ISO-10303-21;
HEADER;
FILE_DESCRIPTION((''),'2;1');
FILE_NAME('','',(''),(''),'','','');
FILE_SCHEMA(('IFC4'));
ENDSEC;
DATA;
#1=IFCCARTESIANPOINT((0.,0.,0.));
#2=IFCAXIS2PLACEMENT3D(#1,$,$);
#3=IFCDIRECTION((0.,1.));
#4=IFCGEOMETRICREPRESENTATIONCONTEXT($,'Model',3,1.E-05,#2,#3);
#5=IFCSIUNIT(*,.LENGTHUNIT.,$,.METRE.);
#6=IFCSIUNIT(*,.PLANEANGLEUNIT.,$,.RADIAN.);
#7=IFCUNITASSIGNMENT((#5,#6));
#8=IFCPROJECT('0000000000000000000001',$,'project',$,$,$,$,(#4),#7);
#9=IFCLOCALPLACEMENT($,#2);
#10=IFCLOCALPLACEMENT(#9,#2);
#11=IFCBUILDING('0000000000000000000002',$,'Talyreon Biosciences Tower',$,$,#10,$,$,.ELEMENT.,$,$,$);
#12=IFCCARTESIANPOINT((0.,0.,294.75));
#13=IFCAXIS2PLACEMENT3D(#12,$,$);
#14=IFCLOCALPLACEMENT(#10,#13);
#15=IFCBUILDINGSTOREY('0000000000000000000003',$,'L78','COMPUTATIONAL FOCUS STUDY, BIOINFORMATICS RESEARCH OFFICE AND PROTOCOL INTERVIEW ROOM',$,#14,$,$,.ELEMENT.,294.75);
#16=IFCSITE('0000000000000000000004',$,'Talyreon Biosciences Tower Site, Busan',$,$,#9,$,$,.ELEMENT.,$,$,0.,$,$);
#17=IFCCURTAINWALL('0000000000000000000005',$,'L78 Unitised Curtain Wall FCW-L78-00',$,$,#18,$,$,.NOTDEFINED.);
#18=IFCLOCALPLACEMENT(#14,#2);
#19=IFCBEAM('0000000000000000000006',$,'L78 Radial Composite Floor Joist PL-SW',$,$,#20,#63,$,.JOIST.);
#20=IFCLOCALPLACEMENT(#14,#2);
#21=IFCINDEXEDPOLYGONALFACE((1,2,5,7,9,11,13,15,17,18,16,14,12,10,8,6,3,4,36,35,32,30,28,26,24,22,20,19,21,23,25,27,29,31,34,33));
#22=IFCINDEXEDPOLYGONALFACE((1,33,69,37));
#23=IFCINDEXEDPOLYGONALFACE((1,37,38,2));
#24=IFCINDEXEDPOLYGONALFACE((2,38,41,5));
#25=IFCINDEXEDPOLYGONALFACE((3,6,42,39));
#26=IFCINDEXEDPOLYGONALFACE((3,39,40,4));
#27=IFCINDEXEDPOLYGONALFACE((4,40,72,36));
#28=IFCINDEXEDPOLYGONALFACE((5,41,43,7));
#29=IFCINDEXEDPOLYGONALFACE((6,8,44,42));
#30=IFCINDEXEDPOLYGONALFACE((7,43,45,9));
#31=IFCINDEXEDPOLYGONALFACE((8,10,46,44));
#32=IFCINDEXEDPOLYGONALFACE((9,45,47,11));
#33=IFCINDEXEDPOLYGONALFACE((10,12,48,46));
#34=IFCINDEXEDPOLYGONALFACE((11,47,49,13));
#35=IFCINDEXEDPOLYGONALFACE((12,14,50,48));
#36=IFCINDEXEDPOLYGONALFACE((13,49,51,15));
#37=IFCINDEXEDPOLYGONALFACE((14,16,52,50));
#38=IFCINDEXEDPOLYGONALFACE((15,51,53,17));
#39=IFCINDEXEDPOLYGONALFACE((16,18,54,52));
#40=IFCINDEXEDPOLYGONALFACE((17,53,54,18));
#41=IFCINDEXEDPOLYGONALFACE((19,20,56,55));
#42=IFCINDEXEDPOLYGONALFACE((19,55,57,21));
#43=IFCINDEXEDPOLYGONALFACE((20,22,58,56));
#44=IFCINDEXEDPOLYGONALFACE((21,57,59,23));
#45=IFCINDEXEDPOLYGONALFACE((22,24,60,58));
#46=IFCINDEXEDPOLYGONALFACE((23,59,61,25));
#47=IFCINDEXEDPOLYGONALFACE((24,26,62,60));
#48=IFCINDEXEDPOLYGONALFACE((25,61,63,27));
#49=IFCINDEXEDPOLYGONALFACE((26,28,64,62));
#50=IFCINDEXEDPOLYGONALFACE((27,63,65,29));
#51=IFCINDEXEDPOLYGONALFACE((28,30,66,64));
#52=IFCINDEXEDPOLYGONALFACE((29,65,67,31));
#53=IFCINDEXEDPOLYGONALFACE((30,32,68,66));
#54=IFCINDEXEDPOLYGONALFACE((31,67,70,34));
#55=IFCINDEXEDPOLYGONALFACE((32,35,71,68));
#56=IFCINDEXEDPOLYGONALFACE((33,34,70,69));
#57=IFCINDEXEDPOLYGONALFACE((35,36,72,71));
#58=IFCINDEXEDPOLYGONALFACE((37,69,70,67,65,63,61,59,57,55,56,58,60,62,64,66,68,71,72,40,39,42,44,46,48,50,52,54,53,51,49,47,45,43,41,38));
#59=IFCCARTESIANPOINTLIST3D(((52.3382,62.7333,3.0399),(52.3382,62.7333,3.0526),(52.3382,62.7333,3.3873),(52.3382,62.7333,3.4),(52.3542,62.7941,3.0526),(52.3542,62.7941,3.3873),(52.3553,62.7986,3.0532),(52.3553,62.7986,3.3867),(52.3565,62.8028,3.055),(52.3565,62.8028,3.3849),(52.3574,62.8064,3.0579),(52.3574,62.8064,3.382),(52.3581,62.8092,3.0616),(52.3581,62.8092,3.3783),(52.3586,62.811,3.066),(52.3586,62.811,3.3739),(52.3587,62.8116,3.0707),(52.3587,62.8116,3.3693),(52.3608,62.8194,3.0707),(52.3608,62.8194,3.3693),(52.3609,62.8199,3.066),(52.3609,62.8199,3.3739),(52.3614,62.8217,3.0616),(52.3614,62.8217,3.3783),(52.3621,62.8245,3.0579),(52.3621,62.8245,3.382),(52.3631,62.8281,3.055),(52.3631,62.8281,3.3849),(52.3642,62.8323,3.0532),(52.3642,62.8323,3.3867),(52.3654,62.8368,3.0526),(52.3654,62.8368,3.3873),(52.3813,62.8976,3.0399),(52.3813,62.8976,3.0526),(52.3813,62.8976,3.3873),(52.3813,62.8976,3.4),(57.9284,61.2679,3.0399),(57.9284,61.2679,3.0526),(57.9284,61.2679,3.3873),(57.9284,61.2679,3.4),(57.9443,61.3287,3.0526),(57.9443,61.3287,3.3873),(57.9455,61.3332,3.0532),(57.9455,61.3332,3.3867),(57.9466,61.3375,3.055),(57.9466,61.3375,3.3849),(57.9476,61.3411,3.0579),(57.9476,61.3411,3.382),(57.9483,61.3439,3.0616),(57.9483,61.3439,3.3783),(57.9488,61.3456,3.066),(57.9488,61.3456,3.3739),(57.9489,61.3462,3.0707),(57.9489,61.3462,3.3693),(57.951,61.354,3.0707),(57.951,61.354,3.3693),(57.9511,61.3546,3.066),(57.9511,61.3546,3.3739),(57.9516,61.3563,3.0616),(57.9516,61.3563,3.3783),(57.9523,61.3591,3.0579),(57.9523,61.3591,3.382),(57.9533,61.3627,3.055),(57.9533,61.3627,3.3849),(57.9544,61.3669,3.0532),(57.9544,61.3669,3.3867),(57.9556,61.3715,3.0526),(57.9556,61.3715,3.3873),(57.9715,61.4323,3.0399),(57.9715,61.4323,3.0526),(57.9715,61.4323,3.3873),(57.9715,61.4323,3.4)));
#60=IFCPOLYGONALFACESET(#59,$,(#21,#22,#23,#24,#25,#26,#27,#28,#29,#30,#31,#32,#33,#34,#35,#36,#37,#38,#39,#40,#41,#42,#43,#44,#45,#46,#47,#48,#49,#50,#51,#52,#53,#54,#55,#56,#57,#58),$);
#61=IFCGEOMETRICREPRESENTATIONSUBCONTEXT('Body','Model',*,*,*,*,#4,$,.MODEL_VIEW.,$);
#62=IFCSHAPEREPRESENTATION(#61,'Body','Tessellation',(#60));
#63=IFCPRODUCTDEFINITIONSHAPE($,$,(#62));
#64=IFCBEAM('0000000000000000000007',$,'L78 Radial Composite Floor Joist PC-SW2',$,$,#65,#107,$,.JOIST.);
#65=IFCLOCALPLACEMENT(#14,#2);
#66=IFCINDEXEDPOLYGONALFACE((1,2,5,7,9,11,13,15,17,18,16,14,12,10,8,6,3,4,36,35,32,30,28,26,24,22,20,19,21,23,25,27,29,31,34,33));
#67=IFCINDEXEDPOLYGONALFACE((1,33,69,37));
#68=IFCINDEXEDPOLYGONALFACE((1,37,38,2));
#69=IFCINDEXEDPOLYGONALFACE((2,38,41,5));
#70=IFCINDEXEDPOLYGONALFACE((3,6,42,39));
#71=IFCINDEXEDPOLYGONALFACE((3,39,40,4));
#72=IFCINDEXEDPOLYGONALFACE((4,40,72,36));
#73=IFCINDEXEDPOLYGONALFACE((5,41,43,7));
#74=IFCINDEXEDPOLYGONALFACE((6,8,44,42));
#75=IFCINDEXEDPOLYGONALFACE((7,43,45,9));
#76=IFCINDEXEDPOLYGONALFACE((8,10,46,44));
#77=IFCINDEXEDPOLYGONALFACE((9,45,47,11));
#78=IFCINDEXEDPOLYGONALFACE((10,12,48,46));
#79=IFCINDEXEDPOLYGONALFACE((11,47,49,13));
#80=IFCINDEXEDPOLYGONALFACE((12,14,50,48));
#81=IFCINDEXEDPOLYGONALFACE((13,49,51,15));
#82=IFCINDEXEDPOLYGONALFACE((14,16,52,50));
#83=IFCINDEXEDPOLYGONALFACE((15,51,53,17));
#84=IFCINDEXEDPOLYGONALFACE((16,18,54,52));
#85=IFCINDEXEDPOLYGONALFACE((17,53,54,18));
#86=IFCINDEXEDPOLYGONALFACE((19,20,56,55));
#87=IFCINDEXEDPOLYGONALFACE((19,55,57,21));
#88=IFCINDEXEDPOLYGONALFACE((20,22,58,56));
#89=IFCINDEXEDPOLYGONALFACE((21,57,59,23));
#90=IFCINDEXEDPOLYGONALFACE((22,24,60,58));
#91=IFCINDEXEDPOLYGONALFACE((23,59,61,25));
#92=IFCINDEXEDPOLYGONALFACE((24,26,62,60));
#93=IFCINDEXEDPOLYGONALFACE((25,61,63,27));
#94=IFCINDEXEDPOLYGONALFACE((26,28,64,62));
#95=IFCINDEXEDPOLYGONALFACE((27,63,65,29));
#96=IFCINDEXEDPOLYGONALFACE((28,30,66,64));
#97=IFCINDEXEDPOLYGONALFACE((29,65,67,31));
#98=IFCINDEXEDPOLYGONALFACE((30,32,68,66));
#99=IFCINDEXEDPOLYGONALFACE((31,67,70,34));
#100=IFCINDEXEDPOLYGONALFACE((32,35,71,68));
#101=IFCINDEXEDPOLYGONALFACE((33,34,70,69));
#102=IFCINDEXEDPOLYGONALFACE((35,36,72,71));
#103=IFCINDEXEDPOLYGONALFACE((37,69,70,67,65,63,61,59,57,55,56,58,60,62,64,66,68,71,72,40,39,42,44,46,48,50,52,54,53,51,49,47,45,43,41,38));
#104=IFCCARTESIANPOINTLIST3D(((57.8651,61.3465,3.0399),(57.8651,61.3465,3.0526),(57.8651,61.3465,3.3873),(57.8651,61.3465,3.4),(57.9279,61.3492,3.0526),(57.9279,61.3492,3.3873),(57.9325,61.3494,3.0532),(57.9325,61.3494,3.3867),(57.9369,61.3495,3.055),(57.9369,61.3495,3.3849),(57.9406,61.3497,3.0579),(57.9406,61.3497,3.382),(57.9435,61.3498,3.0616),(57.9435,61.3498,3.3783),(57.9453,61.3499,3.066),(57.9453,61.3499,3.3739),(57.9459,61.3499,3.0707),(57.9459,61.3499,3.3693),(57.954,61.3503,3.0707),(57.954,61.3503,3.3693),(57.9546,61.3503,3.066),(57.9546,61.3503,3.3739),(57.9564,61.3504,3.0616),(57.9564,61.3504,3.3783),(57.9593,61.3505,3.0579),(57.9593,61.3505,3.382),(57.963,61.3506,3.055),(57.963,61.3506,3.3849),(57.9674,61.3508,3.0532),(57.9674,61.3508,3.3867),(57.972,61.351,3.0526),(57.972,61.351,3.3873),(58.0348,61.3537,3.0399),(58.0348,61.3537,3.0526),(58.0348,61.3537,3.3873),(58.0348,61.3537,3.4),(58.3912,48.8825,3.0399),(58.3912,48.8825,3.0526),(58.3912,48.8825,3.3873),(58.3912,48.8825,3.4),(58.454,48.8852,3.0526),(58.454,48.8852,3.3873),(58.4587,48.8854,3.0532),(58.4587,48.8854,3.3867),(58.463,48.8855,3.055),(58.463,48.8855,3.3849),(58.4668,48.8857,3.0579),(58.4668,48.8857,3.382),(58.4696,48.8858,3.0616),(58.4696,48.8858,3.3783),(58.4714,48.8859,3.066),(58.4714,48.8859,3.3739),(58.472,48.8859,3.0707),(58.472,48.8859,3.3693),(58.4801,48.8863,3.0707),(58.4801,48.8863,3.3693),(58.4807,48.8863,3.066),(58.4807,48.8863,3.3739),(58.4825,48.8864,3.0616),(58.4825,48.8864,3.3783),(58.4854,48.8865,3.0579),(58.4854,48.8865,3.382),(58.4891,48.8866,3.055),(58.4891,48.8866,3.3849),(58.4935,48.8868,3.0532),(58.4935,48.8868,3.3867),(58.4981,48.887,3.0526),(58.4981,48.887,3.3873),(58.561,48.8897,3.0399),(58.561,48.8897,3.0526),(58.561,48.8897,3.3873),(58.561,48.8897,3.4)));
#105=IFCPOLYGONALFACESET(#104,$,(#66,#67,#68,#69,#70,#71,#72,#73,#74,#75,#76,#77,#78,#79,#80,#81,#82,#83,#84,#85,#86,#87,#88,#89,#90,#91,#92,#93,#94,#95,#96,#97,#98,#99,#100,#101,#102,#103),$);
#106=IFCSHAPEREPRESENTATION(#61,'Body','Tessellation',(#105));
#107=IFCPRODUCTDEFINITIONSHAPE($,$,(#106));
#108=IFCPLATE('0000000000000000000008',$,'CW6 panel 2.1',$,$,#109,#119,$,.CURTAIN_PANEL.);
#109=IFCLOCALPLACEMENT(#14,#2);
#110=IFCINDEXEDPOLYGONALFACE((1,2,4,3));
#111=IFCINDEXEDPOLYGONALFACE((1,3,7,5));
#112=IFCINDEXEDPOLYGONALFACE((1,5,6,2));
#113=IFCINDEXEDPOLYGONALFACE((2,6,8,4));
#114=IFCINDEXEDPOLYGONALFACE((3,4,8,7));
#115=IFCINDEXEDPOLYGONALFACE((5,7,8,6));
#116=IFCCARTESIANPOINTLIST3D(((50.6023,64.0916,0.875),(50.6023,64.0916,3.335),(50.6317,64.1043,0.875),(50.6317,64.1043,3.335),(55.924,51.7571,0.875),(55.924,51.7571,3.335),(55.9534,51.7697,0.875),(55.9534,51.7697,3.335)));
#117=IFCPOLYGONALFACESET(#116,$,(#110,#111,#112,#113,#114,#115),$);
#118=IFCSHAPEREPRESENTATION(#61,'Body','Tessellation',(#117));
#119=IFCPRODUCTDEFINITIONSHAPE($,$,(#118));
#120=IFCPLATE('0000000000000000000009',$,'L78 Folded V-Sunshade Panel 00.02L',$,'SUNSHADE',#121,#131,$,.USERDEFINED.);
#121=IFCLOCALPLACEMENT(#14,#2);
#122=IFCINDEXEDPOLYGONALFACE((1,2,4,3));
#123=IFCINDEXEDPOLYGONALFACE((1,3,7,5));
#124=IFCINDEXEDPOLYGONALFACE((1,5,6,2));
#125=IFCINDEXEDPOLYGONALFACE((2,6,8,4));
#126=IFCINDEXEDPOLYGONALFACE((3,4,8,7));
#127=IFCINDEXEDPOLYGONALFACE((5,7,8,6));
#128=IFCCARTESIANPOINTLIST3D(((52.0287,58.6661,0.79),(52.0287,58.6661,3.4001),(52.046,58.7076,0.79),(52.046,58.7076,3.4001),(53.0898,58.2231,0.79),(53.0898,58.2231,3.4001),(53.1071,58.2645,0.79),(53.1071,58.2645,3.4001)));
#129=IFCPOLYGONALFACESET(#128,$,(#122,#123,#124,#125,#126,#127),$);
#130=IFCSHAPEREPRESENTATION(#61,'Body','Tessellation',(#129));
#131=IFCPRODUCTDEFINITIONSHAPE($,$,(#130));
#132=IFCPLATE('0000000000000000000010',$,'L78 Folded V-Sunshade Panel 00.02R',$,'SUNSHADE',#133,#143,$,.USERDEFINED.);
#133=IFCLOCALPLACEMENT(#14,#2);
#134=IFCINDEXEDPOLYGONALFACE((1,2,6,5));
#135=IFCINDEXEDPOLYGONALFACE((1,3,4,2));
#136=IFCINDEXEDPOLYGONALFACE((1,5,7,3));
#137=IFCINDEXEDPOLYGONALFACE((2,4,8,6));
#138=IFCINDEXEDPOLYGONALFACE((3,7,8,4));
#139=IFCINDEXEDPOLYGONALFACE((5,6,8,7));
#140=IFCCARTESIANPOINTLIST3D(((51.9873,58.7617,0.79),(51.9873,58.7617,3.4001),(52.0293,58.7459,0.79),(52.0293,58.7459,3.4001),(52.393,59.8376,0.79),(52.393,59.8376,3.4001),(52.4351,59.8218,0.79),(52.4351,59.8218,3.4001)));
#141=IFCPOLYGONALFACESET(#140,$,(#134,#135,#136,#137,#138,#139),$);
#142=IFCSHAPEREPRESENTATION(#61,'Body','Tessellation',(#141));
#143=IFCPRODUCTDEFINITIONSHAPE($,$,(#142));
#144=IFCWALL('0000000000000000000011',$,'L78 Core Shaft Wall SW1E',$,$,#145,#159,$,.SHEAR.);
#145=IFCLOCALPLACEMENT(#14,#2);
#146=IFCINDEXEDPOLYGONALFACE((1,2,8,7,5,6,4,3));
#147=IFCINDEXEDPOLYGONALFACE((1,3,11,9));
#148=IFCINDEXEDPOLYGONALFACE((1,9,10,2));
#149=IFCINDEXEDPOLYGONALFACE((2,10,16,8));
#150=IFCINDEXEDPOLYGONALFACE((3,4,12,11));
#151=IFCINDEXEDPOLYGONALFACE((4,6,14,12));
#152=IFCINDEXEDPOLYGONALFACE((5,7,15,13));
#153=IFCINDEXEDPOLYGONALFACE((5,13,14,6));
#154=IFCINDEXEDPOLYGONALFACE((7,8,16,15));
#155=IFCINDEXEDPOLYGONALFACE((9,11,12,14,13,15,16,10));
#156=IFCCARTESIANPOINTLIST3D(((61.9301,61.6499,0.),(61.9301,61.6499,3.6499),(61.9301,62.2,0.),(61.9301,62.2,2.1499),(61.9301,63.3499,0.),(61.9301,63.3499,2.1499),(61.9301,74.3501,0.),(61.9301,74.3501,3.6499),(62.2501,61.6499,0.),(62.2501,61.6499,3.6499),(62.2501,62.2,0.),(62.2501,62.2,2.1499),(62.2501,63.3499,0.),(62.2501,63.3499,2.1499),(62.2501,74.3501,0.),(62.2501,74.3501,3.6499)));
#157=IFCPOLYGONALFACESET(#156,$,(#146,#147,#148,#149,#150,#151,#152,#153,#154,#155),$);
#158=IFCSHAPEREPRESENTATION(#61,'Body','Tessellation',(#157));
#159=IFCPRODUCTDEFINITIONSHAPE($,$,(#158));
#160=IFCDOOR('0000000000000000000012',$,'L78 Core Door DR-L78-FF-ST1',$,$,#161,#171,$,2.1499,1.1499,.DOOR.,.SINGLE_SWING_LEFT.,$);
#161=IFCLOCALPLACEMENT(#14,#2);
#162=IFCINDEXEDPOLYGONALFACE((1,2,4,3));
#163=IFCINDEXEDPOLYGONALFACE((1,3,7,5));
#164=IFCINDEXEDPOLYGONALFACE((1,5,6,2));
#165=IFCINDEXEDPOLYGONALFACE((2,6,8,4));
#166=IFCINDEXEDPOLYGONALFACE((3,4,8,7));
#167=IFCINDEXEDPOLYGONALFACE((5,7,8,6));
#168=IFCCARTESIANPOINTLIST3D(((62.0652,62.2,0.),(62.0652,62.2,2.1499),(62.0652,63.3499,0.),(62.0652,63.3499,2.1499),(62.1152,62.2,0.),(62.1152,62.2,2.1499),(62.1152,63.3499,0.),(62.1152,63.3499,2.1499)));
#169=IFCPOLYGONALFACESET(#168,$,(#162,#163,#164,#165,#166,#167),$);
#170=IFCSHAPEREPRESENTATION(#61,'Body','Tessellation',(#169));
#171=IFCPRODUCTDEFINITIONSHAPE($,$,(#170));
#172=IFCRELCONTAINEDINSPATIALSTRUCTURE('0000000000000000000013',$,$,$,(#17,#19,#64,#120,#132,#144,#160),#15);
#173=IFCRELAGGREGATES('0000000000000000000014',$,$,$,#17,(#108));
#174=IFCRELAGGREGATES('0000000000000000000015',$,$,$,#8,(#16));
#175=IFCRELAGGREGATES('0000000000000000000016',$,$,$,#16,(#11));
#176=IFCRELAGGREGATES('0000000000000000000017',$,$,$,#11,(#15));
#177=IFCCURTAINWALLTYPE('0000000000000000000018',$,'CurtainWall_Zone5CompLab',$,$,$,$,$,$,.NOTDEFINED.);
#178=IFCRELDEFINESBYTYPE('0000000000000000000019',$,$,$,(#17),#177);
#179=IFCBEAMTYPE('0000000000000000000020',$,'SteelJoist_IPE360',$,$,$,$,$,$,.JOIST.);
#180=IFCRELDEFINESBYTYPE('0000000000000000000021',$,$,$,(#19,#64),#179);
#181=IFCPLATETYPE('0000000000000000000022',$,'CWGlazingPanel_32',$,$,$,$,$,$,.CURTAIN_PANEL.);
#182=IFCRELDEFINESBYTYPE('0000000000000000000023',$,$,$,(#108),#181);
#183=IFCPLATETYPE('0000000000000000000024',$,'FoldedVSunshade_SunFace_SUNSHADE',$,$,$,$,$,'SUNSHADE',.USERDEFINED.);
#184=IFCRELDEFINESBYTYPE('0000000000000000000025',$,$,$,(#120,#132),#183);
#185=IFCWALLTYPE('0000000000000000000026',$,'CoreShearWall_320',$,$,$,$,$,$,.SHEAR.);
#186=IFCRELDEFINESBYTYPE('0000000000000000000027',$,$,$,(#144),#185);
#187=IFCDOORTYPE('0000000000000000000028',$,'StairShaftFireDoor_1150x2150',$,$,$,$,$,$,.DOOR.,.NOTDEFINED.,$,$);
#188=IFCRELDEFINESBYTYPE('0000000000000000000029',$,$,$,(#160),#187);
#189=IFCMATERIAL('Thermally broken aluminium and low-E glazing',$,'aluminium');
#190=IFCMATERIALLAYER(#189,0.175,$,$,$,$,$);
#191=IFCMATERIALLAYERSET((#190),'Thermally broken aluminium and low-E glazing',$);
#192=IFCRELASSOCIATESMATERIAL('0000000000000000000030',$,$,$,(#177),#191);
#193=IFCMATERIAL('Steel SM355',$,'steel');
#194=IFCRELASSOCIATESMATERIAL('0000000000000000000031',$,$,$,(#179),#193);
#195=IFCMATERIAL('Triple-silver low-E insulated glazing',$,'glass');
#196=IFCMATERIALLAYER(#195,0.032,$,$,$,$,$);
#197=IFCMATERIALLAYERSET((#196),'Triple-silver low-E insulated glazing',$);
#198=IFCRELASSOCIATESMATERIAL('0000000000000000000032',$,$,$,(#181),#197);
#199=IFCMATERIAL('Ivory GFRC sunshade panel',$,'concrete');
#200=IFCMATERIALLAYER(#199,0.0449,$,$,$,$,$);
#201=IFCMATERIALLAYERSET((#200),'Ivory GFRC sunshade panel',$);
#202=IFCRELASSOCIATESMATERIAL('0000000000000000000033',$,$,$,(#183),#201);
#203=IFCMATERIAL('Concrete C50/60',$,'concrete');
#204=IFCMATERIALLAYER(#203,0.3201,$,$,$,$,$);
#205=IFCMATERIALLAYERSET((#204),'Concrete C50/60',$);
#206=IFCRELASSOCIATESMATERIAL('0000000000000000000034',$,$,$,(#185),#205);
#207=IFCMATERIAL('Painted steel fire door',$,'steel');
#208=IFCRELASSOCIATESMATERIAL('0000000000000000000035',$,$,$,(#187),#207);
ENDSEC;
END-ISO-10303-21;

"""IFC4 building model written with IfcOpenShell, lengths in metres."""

from ifc_helpers import new_model, si_unit, direction, frame, frame_2d, origin, origin_2d, place, context, subcontext, project, spatial, rectangle, i_section, extrude, material, layer, layer_set, material_profile, profile_set, type_object, element, fill, aggregate, save


model = new_model("IFC4")

# Units and contexts
model_context = context("Model", 3, precision=1e-05, world=origin(), true_north=direction((0.0, 1.0)))
body_context = subcontext(model_context, "Body", "Model", "MODEL_VIEW")
ifc_project = project(units=[si_unit("LENGTHUNIT", "METRE"), si_unit("PLANEANGLEUNIT", "RADIAN")], contexts=[model_context])

# Site, building, storey
site_placement = place(None, origin())
site = spatial("IfcSite", under=ifc_project, at=site_placement, Name="Talyreon Biosciences Tower Site, Busan", CompositionType="ELEMENT", RefElevation=0.0)
building_placement = place(site_placement, origin())
building = spatial("IfcBuilding", under=site, at=building_placement, Name="Talyreon Biosciences Tower", CompositionType="ELEMENT")
storey_placement = place(building_placement, frame((0.0, 0.0, 294.75)))
storey = spatial("IfcBuildingStorey", under=building, at=storey_placement, Name="L78", Description="COMPUTATIONAL FOCUS STUDY, BIOINFORMATICS RESEARCH OFFICE AND PROTOCOL INTERVIEW ROOM", CompositionType="ELEMENT", Elevation=294.75)

# Shared definitions
ifc_material_1 = material(Name="Concrete C50/60", Category="concrete")

# Curtain wall
ifc_material_2 = material(Name="Thermally broken aluminium and low-E glazing", Category="aluminium")
ifc_layer_1 = layer(ifc_material_2, 0.175)
ifc_layer_set_1 = layer_set([ifc_layer_1], Name="Thermally broken aluminium and low-E glazing")
curtain_wall_type = type_object("IfcCurtainWallType", Name="CurtainWall_Zone5CompLab", PredefinedType="NOTDEFINED", material=ifc_layer_set_1)
curtain_wall_placement = place(storey_placement, origin())
curtain_wall = element("IfcCurtainWall", 1, at=curtain_wall_placement, inside=storey, type_object=curtain_wall_type, Name="L78 Unitised Curtain Wall FCW-L78-00", PredefinedType="NOTDEFINED")

# Beams
ifc_material_3 = material(Name="Steel SM355", Category="steel")
ifc_material_profile_1 = material_profile(ifc_material_3, i_section(OverallWidth=0.1699, OverallDepth=0.3601, WebThickness=0.0081, FlangeThickness=0.0127, FilletRadius=0.0181, at=origin_2d()), Name="IPE360")
ifc_profile_set_1 = profile_set([ifc_material_profile_1], Name="Steel SM355")
beam_type_1 = type_object("IfcBeamType", Name="SteelJoist_IPE360", PredefinedType="JOIST", material=ifc_profile_set_1)
beam_1_placement = place(storey_placement, frame((57.95, 61.3501, 3.22), z_axis=(-0.967319, 0.253564, 0.0), x_axis=(-0.253564, -0.967319, 0.0)))
element("IfcBeam", 2, at=beam_1_placement, inside=storey, type_object=beam_type_1, Name="L78 Radial Composite Floor Joist PL-SW", PredefinedType="JOIST", context=body_context, shape_type="SweptSolid", body=[
    extrude(i_section(OverallWidth=0.1699, OverallDepth=0.3601, WebThickness=0.0081, FlangeThickness=0.0127, FilletRadius=0.0181, at=origin_2d()), origin(), (0.0, 0.0, 1.0), 5.7791),
])
beam_2_placement = place(storey_placement, frame((57.95, 61.3501, 3.22), z_axis=(0.042173, -0.99911, 0.0), x_axis=(0.99911, 0.042173, 0.0)))
element("IfcBeam", 3, at=beam_2_placement, inside=storey, type_object=beam_type_1, Name="L78 Radial Composite Floor Joist PC-SW2", PredefinedType="JOIST", context=body_context, shape_type="SweptSolid", body=[
    extrude(i_section(OverallWidth=0.1699, OverallDepth=0.3601, WebThickness=0.0081, FlangeThickness=0.0127, FilletRadius=0.0181, at=origin_2d()), origin(), (0.0, 0.0, 1.0), 12.4751),
])

# Plate
ifc_material_4 = material(Name="Triple-silver low-E insulated glazing", Category="glass")
ifc_layer_2 = layer(ifc_material_4, 0.032)
ifc_layer_set_2 = layer_set([ifc_layer_2], Name="Triple-silver low-E insulated glazing")
plate_type_1 = type_object("IfcPlateType", Name="CWGlazingPanel_32", PredefinedType="CURTAIN_PANEL", material=ifc_layer_set_2)
plate_placement = place(storey_placement, frame((53.2778, 57.9307, 0.875), z_axis=(0.0, 0.0, 1.0), x_axis=(-0.396147, 0.918187, 0.0)))
plate = element("IfcPlate", 4, at=plate_placement, type_object=plate_type_1, Name="CW6 panel 2.1", PredefinedType="CURTAIN_PANEL", context=body_context, shape_type="SweptSolid", body=[
    extrude(rectangle(XDim=13.4336, YDim=0.032, at=origin_2d()), origin(), (0.0, 0.0, 1.0), 2.46),
])
aggregate(curtain_wall, [plate])

# Plates
ifc_material_5 = material(Name="Ivory GFRC sunshade panel", Category="concrete")
ifc_layer_3 = layer(ifc_material_5, 0.0449)
ifc_layer_set_3 = layer_set([ifc_layer_3], Name="Ivory GFRC sunshade panel")
plate_type_2 = type_object("IfcPlateType", Name="FoldedVSunshade_SunFace_SUNSHADE", ElementType="SUNSHADE", PredefinedType="USERDEFINED", material=ifc_layer_set_3)
for number, where, z_axis, x_axis, name in (
    (5, (52.5679, 58.4653, 0.79), (0.0, 0.0, 1.0), (-0.922787, 0.38531, 0.0), "L78 Folded V-Sunshade Panel 00.02L"),
    (6, (52.2112, 59.2917, 0.79), (0.0, 0.0, 1.0), (0.352871, 0.935672, 0.0), "L78 Folded V-Sunshade Panel 00.02R"),
):
    element("IfcPlate", number, at=place(storey_placement, frame(where, z_axis=z_axis, x_axis=x_axis)), inside=storey, type_object=plate_type_2, Name=name, ObjectType="SUNSHADE", PredefinedType="USERDEFINED", context=body_context, shape_type="SweptSolid", body=[
        extrude(rectangle(XDim=1.1499, YDim=0.0449, at=origin_2d()), origin(), (0.0, 0.0, 1.0), 2.6101),
    ])

# Wall, opening, door
ifc_layer_4 = layer(ifc_material_1, 0.3201)
ifc_layer_set_4 = layer_set([ifc_layer_4], Name="Concrete C50/60")
wall_type_1 = type_object("IfcWallType", Name="CoreShearWall_320", PredefinedType="SHEAR", material=ifc_layer_set_4)
wall_1_placement = place(storey_placement, frame((62.0901, 61.6499, 0.0), z_axis=(0.0, 0.0, 1.0), x_axis=(0.0, 1.0, 0.0)))
wall_1 = element("IfcWall", 7, at=wall_1_placement, inside=storey, type_object=wall_type_1, Name="L78 Core Shaft Wall SW1E", PredefinedType="SHEAR", context=body_context, shape_type="SweptSolid", body=[
    extrude(rectangle(XDim=12.7002, YDim=0.3201, at=frame_2d((6.3501, 0.0))), origin(), (0.0, 0.0, 1.0), 3.6499),
])
opening_1_placement = place(wall_1_placement, frame((0.55, 0.0, 0.0)))
opening_1 = element("IfcOpeningElement", 8, at=opening_1_placement, cuts=wall_1, PredefinedType="OPENING", context=body_context, shape_type="SweptSolid", body=[
    extrude(rectangle(XDim=1.1499, YDim=2.1499, at=frame_2d((0.575, 1.075))), frame((0.0, 0.1699, 0.0), z_axis=(0.0, -1.0, 0.0), x_axis=(1.0, 0.0, 0.0)), (0.0, 0.0, 1.0), 0.3401),
])
ifc_material_6 = material(Name="Painted steel fire door", Category="steel")
door_type_1 = type_object("IfcDoorType", Name="StairShaftFireDoor_1150x2150", OperationType="NOTDEFINED", PredefinedType="DOOR", material=ifc_material_6)
door_1_placement = place(opening_1_placement, origin())
door_1 = element("IfcDoor", 9, at=door_1_placement, inside=storey, type_object=door_type_1, Name="L78 Core Door DR-L78-FF-ST1", OperationType="SINGLE_SWING_LEFT", OverallHeight=2.1499, OverallWidth=1.1499, PredefinedType="DOOR", context=body_context, shape_type="SweptSolid", body=[
    extrude(rectangle(XDim=1.1499, YDim=2.1499, at=frame_2d((0.575, 1.075))), frame((0.0, 0.0249, 0.0), z_axis=(0.0, -1.0, 0.0), x_axis=(1.0, 0.0, 0.0)), (0.0, 0.0, 1.0), 0.05),
])
fill(opening_1, door_1)

save(model, "model.ifc")
